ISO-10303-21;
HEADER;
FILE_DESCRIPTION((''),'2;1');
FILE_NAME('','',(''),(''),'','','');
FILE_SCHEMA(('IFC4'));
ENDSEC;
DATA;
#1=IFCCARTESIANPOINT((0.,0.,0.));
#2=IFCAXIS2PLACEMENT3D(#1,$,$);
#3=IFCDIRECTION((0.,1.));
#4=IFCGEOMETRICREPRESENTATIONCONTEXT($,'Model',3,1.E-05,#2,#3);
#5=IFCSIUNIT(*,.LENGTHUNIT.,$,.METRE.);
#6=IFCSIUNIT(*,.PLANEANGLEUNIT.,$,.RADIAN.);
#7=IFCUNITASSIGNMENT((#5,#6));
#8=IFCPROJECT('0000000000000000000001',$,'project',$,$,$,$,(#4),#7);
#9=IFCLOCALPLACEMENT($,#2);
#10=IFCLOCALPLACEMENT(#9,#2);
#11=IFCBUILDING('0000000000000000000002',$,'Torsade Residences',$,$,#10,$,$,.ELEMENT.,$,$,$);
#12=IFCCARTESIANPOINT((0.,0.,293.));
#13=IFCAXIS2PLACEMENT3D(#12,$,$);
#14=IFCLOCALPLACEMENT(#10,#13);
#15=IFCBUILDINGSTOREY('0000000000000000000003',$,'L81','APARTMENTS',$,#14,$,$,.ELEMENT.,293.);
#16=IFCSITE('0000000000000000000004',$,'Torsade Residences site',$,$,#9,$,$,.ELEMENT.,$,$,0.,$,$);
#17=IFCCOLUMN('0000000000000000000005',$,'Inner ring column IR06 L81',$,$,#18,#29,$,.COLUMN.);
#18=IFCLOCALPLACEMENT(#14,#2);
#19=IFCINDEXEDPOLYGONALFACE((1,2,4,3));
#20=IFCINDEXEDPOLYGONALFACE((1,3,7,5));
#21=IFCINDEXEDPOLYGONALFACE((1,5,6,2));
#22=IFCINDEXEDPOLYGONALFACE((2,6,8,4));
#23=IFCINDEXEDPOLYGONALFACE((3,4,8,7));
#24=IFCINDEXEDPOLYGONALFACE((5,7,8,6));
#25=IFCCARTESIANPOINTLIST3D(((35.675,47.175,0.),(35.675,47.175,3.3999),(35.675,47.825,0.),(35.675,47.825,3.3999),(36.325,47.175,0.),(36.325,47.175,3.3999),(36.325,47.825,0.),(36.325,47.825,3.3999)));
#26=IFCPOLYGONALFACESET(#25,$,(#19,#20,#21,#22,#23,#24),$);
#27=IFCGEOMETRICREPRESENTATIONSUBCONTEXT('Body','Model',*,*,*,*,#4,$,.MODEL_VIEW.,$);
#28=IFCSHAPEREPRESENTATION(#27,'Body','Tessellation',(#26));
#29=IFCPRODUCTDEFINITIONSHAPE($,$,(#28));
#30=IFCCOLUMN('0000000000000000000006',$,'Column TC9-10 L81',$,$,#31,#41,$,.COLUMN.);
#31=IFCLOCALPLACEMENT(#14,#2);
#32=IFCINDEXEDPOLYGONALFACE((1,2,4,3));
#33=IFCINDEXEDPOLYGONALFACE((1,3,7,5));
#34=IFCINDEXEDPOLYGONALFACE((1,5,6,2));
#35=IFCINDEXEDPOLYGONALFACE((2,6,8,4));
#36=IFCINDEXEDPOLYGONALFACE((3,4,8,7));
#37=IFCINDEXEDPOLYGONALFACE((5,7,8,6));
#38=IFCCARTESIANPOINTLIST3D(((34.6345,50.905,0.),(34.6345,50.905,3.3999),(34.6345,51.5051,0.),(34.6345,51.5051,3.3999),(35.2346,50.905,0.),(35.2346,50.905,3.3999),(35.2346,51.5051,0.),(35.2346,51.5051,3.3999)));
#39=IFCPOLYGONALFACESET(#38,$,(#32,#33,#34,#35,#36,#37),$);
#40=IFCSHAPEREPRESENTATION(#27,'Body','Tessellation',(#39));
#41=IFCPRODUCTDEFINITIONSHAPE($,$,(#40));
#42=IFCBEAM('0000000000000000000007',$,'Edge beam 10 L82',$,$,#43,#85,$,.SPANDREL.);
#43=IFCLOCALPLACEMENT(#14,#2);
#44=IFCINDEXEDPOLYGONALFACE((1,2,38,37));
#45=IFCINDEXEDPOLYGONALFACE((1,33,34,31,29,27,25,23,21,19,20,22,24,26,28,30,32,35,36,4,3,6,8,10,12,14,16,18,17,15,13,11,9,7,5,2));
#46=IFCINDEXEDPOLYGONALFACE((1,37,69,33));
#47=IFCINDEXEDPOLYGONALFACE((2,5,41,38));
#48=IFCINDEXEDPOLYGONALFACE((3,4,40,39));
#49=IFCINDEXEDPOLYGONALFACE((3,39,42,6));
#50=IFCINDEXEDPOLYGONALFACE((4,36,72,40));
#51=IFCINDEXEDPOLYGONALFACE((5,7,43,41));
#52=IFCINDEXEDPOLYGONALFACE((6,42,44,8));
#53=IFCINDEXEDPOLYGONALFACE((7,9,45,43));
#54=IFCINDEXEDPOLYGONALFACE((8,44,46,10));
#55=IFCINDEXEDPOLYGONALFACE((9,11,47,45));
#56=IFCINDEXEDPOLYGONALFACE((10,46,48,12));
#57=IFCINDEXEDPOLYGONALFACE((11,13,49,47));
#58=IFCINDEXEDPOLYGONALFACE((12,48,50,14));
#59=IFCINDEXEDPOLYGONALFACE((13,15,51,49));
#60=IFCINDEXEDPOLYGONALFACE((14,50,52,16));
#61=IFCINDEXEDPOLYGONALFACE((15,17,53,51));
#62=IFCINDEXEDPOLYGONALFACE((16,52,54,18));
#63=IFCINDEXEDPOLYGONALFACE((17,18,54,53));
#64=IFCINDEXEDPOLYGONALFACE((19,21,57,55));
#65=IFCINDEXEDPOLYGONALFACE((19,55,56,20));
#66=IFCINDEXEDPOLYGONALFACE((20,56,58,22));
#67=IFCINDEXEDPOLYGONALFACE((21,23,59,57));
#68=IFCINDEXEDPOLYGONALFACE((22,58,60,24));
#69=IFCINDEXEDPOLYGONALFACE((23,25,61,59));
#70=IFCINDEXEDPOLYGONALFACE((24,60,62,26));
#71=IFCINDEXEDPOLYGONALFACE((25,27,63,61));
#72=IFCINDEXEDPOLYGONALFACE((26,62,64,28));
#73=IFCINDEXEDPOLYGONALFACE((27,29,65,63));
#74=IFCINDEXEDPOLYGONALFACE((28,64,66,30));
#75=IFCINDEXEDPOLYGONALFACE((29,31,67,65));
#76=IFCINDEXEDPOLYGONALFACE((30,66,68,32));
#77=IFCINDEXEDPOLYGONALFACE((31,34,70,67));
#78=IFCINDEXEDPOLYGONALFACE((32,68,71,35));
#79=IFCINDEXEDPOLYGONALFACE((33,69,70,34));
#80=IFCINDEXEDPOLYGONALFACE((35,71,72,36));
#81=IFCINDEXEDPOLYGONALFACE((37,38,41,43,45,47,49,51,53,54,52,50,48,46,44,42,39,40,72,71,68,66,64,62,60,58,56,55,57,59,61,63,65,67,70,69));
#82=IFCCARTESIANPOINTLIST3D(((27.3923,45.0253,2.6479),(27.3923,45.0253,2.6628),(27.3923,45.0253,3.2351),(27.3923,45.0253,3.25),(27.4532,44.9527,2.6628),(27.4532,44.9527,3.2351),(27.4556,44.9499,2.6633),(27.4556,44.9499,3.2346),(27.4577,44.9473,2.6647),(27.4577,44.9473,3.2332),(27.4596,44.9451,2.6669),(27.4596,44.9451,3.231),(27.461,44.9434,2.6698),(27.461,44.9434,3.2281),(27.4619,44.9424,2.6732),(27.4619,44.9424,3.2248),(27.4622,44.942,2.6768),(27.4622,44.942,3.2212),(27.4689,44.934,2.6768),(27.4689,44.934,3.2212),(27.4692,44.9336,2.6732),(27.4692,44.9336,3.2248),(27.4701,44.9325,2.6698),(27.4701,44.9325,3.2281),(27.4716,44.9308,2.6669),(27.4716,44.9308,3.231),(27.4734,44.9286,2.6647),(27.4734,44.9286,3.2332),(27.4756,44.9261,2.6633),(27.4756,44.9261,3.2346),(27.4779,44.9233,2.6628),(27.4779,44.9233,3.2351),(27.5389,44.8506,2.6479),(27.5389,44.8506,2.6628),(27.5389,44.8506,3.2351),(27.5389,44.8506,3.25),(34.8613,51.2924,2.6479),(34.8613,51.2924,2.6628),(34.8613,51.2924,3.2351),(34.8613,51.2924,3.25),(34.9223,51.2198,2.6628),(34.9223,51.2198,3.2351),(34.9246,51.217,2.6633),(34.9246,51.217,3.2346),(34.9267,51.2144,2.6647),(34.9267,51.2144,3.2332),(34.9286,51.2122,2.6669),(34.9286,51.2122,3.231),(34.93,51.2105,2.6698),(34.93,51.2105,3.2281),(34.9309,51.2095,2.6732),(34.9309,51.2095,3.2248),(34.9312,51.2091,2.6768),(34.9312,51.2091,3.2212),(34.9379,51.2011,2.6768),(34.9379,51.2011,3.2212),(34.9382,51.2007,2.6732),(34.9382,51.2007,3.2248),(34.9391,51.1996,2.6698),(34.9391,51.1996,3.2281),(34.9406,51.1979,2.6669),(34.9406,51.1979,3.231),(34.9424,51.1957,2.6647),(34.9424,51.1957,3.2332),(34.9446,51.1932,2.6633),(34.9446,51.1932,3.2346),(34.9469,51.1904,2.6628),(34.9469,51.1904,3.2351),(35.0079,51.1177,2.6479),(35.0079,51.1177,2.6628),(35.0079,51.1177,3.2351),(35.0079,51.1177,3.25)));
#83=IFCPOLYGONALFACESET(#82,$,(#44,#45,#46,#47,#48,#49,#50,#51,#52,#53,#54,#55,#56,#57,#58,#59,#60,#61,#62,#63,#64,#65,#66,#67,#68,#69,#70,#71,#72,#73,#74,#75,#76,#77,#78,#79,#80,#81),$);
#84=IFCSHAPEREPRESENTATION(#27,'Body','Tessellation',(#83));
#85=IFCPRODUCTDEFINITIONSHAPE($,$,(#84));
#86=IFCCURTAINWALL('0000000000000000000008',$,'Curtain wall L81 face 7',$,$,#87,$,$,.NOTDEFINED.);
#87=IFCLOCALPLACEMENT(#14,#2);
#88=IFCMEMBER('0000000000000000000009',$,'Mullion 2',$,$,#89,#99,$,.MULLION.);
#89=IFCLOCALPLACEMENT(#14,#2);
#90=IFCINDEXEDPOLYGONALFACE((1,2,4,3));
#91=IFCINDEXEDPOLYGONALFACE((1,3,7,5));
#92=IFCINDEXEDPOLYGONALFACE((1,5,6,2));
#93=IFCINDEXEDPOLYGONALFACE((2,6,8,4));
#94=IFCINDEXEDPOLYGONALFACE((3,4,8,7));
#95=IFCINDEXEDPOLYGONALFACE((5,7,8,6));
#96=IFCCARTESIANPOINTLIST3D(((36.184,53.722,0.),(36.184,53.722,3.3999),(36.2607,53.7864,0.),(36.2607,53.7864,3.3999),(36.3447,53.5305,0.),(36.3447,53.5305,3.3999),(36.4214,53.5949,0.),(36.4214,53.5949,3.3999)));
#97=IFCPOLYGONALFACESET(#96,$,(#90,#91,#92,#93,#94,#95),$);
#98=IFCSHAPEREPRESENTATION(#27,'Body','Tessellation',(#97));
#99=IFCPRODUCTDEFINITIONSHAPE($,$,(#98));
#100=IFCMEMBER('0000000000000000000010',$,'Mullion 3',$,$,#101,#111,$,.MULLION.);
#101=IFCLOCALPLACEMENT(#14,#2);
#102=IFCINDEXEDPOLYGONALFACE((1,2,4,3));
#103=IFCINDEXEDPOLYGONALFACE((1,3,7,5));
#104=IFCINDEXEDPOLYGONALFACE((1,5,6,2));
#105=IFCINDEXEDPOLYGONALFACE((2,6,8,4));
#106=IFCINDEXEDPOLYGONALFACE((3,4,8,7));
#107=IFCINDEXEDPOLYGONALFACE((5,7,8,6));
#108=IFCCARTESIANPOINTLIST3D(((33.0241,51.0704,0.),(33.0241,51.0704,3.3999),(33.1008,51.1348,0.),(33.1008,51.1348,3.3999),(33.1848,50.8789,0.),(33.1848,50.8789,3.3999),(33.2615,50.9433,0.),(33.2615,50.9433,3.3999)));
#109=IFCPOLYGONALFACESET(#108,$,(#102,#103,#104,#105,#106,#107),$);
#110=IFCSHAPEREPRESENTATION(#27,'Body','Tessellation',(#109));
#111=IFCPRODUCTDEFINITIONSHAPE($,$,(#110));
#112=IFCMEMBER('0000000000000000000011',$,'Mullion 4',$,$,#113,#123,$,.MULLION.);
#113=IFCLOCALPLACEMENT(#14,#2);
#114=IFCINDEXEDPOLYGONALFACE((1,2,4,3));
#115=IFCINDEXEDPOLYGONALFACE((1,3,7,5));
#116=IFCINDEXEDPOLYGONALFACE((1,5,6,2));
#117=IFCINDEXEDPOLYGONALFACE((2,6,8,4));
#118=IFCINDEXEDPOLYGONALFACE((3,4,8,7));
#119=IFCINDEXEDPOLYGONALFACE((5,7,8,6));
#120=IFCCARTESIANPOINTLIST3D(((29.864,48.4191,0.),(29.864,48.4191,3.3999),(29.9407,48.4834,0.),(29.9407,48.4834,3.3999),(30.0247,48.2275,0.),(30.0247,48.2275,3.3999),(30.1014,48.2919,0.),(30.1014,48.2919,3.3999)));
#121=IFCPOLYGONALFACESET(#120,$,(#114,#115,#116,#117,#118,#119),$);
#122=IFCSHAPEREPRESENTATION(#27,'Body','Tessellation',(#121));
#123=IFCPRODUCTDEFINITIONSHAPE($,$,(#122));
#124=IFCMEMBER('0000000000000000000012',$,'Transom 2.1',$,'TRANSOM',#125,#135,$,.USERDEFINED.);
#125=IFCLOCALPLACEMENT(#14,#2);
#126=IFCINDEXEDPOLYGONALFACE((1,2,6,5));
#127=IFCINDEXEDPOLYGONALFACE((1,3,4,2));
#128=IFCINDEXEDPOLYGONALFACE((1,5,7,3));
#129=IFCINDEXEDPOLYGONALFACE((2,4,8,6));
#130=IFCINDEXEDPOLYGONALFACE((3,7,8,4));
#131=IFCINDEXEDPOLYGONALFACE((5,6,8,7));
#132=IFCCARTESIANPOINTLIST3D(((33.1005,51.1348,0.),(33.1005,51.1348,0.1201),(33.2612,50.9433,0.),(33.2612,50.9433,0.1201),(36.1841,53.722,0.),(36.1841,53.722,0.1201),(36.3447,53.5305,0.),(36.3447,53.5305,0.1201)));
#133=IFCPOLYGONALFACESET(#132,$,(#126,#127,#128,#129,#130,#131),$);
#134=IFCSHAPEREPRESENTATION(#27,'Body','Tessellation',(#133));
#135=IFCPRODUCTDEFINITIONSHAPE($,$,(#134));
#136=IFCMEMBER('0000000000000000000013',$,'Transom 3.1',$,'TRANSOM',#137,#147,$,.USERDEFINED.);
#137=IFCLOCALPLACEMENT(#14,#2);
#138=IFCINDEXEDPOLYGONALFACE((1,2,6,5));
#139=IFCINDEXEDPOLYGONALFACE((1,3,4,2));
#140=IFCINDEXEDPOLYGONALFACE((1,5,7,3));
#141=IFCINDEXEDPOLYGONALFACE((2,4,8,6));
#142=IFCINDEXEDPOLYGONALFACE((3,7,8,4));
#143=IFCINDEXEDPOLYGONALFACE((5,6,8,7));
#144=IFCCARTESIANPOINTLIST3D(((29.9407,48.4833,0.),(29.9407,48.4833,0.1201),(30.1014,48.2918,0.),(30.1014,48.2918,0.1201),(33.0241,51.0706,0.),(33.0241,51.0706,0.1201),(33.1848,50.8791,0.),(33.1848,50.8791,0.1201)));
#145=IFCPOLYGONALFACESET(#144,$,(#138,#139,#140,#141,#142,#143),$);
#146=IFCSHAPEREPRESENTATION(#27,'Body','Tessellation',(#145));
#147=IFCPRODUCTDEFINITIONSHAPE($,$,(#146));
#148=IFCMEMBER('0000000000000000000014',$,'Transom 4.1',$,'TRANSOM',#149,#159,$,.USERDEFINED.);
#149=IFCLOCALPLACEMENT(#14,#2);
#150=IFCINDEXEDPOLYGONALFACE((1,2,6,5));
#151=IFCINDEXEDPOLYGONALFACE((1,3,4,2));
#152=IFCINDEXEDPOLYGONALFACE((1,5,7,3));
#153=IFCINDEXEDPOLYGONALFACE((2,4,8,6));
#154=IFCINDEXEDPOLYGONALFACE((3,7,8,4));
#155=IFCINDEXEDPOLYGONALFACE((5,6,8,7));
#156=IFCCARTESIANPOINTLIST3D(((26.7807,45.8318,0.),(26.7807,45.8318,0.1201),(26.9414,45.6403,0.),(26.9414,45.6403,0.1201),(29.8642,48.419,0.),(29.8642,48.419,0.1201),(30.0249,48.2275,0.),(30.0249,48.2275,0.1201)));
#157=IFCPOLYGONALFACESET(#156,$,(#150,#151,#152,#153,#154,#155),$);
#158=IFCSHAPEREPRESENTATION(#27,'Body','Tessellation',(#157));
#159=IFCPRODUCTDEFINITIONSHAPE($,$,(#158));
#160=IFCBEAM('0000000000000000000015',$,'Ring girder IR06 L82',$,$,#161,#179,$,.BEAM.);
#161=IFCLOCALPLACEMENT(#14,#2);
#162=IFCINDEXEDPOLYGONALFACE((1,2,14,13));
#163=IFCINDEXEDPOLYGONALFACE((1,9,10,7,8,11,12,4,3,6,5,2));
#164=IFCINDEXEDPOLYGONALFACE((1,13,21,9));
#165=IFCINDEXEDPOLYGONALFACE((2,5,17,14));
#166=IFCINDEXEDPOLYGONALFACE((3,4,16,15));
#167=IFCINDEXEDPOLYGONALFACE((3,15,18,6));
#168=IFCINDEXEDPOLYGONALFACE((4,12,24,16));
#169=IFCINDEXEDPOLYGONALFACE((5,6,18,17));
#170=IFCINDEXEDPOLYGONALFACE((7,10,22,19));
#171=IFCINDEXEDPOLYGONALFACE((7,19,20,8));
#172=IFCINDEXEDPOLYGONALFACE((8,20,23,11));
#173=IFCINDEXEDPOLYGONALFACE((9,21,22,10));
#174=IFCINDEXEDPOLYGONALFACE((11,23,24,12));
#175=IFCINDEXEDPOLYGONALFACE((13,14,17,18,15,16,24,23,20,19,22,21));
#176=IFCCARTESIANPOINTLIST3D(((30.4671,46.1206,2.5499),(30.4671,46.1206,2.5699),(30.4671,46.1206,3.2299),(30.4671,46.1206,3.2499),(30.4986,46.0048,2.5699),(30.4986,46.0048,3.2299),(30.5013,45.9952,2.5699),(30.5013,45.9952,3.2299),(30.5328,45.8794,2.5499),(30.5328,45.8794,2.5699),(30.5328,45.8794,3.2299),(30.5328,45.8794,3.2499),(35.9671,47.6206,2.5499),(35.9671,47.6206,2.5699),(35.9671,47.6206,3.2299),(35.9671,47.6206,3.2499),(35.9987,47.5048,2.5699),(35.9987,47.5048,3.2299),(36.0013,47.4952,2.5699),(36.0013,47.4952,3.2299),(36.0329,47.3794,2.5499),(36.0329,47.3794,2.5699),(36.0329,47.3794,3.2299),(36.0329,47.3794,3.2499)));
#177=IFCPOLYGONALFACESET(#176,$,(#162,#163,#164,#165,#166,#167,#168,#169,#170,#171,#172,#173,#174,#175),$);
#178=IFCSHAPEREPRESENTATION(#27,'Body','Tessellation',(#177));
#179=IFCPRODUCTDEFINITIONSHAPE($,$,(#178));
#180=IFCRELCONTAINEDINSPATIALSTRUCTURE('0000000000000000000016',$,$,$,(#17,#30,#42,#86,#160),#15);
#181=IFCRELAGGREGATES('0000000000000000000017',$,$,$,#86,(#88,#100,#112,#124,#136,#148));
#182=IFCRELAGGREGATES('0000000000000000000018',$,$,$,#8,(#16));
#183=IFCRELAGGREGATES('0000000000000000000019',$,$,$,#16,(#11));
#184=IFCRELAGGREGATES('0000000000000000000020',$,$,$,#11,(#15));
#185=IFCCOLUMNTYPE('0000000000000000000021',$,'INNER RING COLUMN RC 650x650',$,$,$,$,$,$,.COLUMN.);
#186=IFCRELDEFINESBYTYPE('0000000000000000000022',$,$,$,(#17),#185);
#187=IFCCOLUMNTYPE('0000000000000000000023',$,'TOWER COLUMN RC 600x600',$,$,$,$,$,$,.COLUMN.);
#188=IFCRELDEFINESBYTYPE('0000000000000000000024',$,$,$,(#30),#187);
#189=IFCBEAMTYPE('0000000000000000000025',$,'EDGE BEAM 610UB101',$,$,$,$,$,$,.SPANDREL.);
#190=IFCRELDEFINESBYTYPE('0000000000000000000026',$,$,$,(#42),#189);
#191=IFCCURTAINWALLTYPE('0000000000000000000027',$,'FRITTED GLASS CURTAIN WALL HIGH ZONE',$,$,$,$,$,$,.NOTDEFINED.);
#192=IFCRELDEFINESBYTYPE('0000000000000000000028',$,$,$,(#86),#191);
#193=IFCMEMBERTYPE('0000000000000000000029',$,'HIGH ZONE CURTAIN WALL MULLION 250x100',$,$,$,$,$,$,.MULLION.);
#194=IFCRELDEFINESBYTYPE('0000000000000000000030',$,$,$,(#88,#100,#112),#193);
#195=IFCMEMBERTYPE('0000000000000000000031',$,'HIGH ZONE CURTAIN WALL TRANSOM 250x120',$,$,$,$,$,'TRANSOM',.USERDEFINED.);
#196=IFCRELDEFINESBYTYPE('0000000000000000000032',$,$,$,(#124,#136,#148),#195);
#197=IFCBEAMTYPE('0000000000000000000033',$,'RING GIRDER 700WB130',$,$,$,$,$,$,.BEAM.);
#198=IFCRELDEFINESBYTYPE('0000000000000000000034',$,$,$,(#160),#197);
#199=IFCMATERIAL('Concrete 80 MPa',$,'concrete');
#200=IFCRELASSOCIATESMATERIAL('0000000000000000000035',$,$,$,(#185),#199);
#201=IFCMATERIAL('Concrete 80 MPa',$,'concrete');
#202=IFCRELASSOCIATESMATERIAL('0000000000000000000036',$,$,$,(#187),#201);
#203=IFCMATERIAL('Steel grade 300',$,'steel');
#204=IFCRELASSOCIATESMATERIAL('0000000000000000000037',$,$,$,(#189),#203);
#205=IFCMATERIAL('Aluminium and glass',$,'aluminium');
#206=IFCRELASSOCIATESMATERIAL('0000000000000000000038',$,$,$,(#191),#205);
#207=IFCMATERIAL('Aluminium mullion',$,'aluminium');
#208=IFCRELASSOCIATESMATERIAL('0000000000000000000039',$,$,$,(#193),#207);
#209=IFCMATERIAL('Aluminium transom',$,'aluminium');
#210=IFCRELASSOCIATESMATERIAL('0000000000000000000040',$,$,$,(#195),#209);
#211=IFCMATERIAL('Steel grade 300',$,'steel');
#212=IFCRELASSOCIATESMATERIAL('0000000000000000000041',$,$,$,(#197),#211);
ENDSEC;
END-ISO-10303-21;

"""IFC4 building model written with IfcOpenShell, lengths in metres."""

from ifc_helpers import new_model, si_unit, direction, frame, origin, origin_2d, place, context, subcontext, project, spatial, rectangle, i_section, extrude, material, material_profile, profile_set, type_object, element, aggregate, save


model = new_model("IFC4")

# Units and contexts
model_context = context("Model", 3, precision=1e-05, world=origin(), true_north=direction((0.0, 1.0)))
body_context = subcontext(model_context, "Body", "Model", "MODEL_VIEW")
ifc_project = project(units=[si_unit("LENGTHUNIT", "METRE"), si_unit("PLANEANGLEUNIT", "RADIAN")], contexts=[model_context])

# Site, building, storey
site_placement = place(None, origin())
site = spatial("IfcSite", under=ifc_project, at=site_placement, Name="Torsade Residences site", CompositionType="ELEMENT", RefElevation=0.0)
building_placement = place(site_placement, origin())
building = spatial("IfcBuilding", under=site, at=building_placement, Name="Torsade Residences", CompositionType="ELEMENT")
storey_placement = place(building_placement, frame((0.0, 0.0, 293.0)))
storey = spatial("IfcBuildingStorey", under=building, at=storey_placement, Name="L81", Description="APARTMENTS", CompositionType="ELEMENT", Elevation=293.0)

# Columns
ifc_material_1 = material(Name="Concrete 80 MPa", Category="concrete")
ifc_material_profile_1 = material_profile(ifc_material_1, rectangle(XDim=0.6499, YDim=0.6499, at=origin_2d()), Name="RC 650x650")
ifc_profile_set_1 = profile_set([ifc_material_profile_1], Name="Concrete 80 MPa")
column_type_1 = type_object("IfcColumnType", Name="INNER RING COLUMN RC 650x650", PredefinedType="COLUMN", material=ifc_profile_set_1)
column_1_placement = place(storey_placement, frame((36.0, 47.5, 0.0), z_axis=(0.0, 0.0, 1.0), x_axis=(1.0, 0.0, 0.0)))
element("IfcColumn", 1, at=column_1_placement, inside=storey, type_object=column_type_1, Name="Inner ring column IR06 L81", PredefinedType="COLUMN", context=body_context, shape_type="SweptSolid", body=[
    extrude(rectangle(XDim=0.6499, YDim=0.6499, at=origin_2d()), origin(), (0.0, 0.0, 1.0), 3.3999),
])
ifc_material_2 = material(Name="Concrete 80 MPa", Category="concrete")
ifc_material_profile_2 = material_profile(ifc_material_2, rectangle(XDim=0.6001, YDim=0.6001, at=origin_2d()), Name="RC 600x600")
ifc_profile_set_2 = profile_set([ifc_material_profile_2], Name="Concrete 80 MPa")
column_type_2 = type_object("IfcColumnType", Name="TOWER COLUMN RC 600x600", PredefinedType="COLUMN", material=ifc_profile_set_2)
column_2_placement = place(storey_placement, frame((34.9346, 51.2051, 0.0), z_axis=(0.0, 0.0, 1.0), x_axis=(1.0, 0.0, 0.0)))
element("IfcColumn", 2, at=column_2_placement, inside=storey, type_object=column_type_2, Name="Column TC9-10 L81", PredefinedType="COLUMN", context=body_context, shape_type="SweptSolid", body=[
    extrude(rectangle(XDim=0.6001, YDim=0.6001, at=origin_2d()), origin(), (0.0, 0.0, 1.0), 3.3999),
])

# Beam
ifc_material_3 = material(Name="Steel grade 300", Category="steel")
ifc_material_profile_3 = material_profile(ifc_material_3, i_section(OverallWidth=0.228, OverallDepth=0.6021, WebThickness=0.0105, FlangeThickness=0.0149, FilletRadius=0.0139, at=origin_2d()), Name="610UB101")
ifc_profile_set_3 = profile_set([ifc_material_profile_3], Name="Steel grade 300")
beam_type_1 = type_object("IfcBeamType", Name="EDGE BEAM 610UB101", PredefinedType="SPANDREL", material=ifc_profile_set_3)
beam_1_placement = place(storey_placement, frame((34.9346, 51.2051, 2.949), z_axis=(-0.766052, -0.642779, 0.0), x_axis=(0.642779, -0.766052, 0.0)))
element("IfcBeam", 3, at=beam_1_placement, inside=storey, type_object=beam_type_1, Name="Edge beam 10 L82", PredefinedType="SPANDREL", context=body_context, shape_type="SweptSolid", body=[
    extrude(i_section(OverallWidth=0.228, OverallDepth=0.6021, WebThickness=0.0105, FlangeThickness=0.0149, FilletRadius=0.0139, at=origin_2d()), origin(), (0.0, 0.0, 1.0), 9.75),
])

# Curtain wall, members
ifc_material_4 = material(Name="Aluminium and glass", Category="aluminium")
curtain_wall_type = type_object("IfcCurtainWallType", Name="FRITTED GLASS CURTAIN WALL HIGH ZONE", PredefinedType="NOTDEFINED", material=ifc_material_4)
curtain_wall_placement = place(storey_placement, origin())
curtain_wall = element("IfcCurtainWall", 4, at=curtain_wall_placement, inside=storey, type_object=curtain_wall_type, Name="Curtain wall L81 face 7", PredefinedType="NOTDEFINED")
ifc_material_5 = material(Name="Aluminium mullion", Category="aluminium")
ifc_material_profile_4 = material_profile(ifc_material_5, rectangle(XDim=0.25, YDim=0.1001, at=origin_2d()), Name="HIGH ZONE CURTAIN WALL MULLION 250x100")
ifc_profile_set_4 = profile_set([ifc_material_profile_4], Name="Aluminium mullion")
member_type_1 = type_object("IfcMemberType", Name="HIGH ZONE CURTAIN WALL MULLION 250x100", PredefinedType="MULLION", material=ifc_profile_set_4)
member_1_placement = place(storey_placement, frame((36.3027, 53.6584, 0.0), z_axis=(0.0, 0.0, 1.0), x_axis=(0.642788, -0.766044, 0.0)))
member_1 = element("IfcMember", 5, at=member_1_placement, type_object=member_type_1, Name="Mullion 2", PredefinedType="MULLION", context=body_context, shape_type="SweptSolid", body=[
    extrude(rectangle(XDim=0.25, YDim=0.1001, at=origin_2d()), origin(), (0.0, 0.0, 1.0), 3.3999),
])
member_2_placement = place(storey_placement, frame((33.1428, 51.0068, 0.0), z_axis=(0.0, 0.0, 1.0), x_axis=(0.642788, -0.766044, 0.0)))
member_2 = element("IfcMember", 6, at=member_2_placement, type_object=member_type_1, Name="Mullion 3", PredefinedType="MULLION", context=body_context, shape_type="SweptSolid", body=[
    extrude(rectangle(XDim=0.25, YDim=0.1001, at=origin_2d()), origin(), (0.0, 0.0, 1.0), 3.3999),
])
member_3_placement = place(storey_placement, frame((29.9827, 48.3555, 0.0), z_axis=(0.0, 0.0, 1.0), x_axis=(0.642788, -0.766044, 0.0)))
member_3 = element("IfcMember", 7, at=member_3_placement, type_object=member_type_1, Name="Mullion 4", PredefinedType="MULLION", context=body_context, shape_type="SweptSolid", body=[
    extrude(rectangle(XDim=0.25, YDim=0.1001, at=origin_2d()), origin(), (0.0, 0.0, 1.0), 3.3999),
])
ifc_material_6 = material(Name="Aluminium transom", Category="aluminium")
ifc_material_profile_5 = material_profile(ifc_material_6, rectangle(XDim=0.25, YDim=0.1201, at=origin_2d()), Name="HIGH ZONE CURTAIN WALL TRANSOM 250x120")
ifc_profile_set_5 = profile_set([ifc_material_profile_5], Name="Aluminium transom")
member_type_2 = type_object("IfcMemberType", Name="HIGH ZONE CURTAIN WALL TRANSOM 250x120", ElementType="TRANSOM", PredefinedType="USERDEFINED", material=ifc_profile_set_5)
member_4_placement = place(storey_placement, frame((36.2644, 53.6262, 0.0601), z_axis=(-0.766069, -0.642758, 0.0), x_axis=(0.642758, -0.766069, 0.0)))
member_4 = element("IfcMember", 8, at=member_4_placement, type_object=member_type_2, Name="Transom 2.1", ObjectType="TRANSOM", PredefinedType="USERDEFINED", context=body_context, shape_type="SweptSolid", body=[
    extrude(rectangle(XDim=0.25, YDim=0.1201, at=origin_2d()), origin(), (0.0, 0.0, 1.0), 4.0251),
])
member_5_placement = place(storey_placement, frame((33.1045, 50.9749, 0.0601), z_axis=(-0.766039, -0.642794, 0.0), x_axis=(0.642794, -0.766039, 0.0)))
member_5 = element("IfcMember", 9, at=member_5_placement, type_object=member_type_2, Name="Transom 3.1", ObjectType="TRANSOM", PredefinedType="USERDEFINED", context=body_context, shape_type="SweptSolid", body=[
    extrude(rectangle(XDim=0.25, YDim=0.1201, at=origin_2d()), origin(), (0.0, 0.0, 1.0), 4.0251),
])
member_6_placement = place(storey_placement, frame((29.9446, 48.3232, 0.0601), z_axis=(-0.766069, -0.642758, 0.0), x_axis=(0.642758, -0.766069, 0.0)))
member_6 = element("IfcMember", 10, at=member_6_placement, type_object=member_type_2, Name="Transom 4.1", ObjectType="TRANSOM", PredefinedType="USERDEFINED", context=body_context, shape_type="SweptSolid", body=[
    extrude(rectangle(XDim=0.25, YDim=0.1201, at=origin_2d()), origin(), (0.0, 0.0, 1.0), 4.0251),
])

# Beam
ifc_material_7 = material(Name="Steel grade 300", Category="steel")
ifc_material_profile_6 = material_profile(ifc_material_7, i_section(OverallWidth=0.25, OverallDepth=0.7, WebThickness=0.01, FlangeThickness=0.02, at=origin_2d()), Name="700WB130")
ifc_profile_set_6 = profile_set([ifc_material_profile_6], Name="Steel grade 300")
beam_type_2 = type_object("IfcBeamType", Name="RING GIRDER 700WB130", PredefinedType="BEAM", material=ifc_profile_set_6)
beam_2_placement = place(storey_placement, frame((36.0, 47.5, 2.8999), z_axis=(-0.964764, -0.263117, 0.0), x_axis=(0.263117, -0.964764, 0.0)))
element("IfcBeam", 11, at=beam_2_placement, inside=storey, type_object=beam_type_2, Name="Ring girder IR06 L82", PredefinedType="BEAM", context=body_context, shape_type="SweptSolid", body=[
    extrude(i_section(OverallWidth=0.25, OverallDepth=0.7, WebThickness=0.01, FlangeThickness=0.02, at=origin_2d()), origin(), (0.0, 0.0, 1.0), 5.7009),
])

aggregate(curtain_wall, [member_1, member_2, member_3, member_4, member_5, member_6])

save(model, "model.ifc")
